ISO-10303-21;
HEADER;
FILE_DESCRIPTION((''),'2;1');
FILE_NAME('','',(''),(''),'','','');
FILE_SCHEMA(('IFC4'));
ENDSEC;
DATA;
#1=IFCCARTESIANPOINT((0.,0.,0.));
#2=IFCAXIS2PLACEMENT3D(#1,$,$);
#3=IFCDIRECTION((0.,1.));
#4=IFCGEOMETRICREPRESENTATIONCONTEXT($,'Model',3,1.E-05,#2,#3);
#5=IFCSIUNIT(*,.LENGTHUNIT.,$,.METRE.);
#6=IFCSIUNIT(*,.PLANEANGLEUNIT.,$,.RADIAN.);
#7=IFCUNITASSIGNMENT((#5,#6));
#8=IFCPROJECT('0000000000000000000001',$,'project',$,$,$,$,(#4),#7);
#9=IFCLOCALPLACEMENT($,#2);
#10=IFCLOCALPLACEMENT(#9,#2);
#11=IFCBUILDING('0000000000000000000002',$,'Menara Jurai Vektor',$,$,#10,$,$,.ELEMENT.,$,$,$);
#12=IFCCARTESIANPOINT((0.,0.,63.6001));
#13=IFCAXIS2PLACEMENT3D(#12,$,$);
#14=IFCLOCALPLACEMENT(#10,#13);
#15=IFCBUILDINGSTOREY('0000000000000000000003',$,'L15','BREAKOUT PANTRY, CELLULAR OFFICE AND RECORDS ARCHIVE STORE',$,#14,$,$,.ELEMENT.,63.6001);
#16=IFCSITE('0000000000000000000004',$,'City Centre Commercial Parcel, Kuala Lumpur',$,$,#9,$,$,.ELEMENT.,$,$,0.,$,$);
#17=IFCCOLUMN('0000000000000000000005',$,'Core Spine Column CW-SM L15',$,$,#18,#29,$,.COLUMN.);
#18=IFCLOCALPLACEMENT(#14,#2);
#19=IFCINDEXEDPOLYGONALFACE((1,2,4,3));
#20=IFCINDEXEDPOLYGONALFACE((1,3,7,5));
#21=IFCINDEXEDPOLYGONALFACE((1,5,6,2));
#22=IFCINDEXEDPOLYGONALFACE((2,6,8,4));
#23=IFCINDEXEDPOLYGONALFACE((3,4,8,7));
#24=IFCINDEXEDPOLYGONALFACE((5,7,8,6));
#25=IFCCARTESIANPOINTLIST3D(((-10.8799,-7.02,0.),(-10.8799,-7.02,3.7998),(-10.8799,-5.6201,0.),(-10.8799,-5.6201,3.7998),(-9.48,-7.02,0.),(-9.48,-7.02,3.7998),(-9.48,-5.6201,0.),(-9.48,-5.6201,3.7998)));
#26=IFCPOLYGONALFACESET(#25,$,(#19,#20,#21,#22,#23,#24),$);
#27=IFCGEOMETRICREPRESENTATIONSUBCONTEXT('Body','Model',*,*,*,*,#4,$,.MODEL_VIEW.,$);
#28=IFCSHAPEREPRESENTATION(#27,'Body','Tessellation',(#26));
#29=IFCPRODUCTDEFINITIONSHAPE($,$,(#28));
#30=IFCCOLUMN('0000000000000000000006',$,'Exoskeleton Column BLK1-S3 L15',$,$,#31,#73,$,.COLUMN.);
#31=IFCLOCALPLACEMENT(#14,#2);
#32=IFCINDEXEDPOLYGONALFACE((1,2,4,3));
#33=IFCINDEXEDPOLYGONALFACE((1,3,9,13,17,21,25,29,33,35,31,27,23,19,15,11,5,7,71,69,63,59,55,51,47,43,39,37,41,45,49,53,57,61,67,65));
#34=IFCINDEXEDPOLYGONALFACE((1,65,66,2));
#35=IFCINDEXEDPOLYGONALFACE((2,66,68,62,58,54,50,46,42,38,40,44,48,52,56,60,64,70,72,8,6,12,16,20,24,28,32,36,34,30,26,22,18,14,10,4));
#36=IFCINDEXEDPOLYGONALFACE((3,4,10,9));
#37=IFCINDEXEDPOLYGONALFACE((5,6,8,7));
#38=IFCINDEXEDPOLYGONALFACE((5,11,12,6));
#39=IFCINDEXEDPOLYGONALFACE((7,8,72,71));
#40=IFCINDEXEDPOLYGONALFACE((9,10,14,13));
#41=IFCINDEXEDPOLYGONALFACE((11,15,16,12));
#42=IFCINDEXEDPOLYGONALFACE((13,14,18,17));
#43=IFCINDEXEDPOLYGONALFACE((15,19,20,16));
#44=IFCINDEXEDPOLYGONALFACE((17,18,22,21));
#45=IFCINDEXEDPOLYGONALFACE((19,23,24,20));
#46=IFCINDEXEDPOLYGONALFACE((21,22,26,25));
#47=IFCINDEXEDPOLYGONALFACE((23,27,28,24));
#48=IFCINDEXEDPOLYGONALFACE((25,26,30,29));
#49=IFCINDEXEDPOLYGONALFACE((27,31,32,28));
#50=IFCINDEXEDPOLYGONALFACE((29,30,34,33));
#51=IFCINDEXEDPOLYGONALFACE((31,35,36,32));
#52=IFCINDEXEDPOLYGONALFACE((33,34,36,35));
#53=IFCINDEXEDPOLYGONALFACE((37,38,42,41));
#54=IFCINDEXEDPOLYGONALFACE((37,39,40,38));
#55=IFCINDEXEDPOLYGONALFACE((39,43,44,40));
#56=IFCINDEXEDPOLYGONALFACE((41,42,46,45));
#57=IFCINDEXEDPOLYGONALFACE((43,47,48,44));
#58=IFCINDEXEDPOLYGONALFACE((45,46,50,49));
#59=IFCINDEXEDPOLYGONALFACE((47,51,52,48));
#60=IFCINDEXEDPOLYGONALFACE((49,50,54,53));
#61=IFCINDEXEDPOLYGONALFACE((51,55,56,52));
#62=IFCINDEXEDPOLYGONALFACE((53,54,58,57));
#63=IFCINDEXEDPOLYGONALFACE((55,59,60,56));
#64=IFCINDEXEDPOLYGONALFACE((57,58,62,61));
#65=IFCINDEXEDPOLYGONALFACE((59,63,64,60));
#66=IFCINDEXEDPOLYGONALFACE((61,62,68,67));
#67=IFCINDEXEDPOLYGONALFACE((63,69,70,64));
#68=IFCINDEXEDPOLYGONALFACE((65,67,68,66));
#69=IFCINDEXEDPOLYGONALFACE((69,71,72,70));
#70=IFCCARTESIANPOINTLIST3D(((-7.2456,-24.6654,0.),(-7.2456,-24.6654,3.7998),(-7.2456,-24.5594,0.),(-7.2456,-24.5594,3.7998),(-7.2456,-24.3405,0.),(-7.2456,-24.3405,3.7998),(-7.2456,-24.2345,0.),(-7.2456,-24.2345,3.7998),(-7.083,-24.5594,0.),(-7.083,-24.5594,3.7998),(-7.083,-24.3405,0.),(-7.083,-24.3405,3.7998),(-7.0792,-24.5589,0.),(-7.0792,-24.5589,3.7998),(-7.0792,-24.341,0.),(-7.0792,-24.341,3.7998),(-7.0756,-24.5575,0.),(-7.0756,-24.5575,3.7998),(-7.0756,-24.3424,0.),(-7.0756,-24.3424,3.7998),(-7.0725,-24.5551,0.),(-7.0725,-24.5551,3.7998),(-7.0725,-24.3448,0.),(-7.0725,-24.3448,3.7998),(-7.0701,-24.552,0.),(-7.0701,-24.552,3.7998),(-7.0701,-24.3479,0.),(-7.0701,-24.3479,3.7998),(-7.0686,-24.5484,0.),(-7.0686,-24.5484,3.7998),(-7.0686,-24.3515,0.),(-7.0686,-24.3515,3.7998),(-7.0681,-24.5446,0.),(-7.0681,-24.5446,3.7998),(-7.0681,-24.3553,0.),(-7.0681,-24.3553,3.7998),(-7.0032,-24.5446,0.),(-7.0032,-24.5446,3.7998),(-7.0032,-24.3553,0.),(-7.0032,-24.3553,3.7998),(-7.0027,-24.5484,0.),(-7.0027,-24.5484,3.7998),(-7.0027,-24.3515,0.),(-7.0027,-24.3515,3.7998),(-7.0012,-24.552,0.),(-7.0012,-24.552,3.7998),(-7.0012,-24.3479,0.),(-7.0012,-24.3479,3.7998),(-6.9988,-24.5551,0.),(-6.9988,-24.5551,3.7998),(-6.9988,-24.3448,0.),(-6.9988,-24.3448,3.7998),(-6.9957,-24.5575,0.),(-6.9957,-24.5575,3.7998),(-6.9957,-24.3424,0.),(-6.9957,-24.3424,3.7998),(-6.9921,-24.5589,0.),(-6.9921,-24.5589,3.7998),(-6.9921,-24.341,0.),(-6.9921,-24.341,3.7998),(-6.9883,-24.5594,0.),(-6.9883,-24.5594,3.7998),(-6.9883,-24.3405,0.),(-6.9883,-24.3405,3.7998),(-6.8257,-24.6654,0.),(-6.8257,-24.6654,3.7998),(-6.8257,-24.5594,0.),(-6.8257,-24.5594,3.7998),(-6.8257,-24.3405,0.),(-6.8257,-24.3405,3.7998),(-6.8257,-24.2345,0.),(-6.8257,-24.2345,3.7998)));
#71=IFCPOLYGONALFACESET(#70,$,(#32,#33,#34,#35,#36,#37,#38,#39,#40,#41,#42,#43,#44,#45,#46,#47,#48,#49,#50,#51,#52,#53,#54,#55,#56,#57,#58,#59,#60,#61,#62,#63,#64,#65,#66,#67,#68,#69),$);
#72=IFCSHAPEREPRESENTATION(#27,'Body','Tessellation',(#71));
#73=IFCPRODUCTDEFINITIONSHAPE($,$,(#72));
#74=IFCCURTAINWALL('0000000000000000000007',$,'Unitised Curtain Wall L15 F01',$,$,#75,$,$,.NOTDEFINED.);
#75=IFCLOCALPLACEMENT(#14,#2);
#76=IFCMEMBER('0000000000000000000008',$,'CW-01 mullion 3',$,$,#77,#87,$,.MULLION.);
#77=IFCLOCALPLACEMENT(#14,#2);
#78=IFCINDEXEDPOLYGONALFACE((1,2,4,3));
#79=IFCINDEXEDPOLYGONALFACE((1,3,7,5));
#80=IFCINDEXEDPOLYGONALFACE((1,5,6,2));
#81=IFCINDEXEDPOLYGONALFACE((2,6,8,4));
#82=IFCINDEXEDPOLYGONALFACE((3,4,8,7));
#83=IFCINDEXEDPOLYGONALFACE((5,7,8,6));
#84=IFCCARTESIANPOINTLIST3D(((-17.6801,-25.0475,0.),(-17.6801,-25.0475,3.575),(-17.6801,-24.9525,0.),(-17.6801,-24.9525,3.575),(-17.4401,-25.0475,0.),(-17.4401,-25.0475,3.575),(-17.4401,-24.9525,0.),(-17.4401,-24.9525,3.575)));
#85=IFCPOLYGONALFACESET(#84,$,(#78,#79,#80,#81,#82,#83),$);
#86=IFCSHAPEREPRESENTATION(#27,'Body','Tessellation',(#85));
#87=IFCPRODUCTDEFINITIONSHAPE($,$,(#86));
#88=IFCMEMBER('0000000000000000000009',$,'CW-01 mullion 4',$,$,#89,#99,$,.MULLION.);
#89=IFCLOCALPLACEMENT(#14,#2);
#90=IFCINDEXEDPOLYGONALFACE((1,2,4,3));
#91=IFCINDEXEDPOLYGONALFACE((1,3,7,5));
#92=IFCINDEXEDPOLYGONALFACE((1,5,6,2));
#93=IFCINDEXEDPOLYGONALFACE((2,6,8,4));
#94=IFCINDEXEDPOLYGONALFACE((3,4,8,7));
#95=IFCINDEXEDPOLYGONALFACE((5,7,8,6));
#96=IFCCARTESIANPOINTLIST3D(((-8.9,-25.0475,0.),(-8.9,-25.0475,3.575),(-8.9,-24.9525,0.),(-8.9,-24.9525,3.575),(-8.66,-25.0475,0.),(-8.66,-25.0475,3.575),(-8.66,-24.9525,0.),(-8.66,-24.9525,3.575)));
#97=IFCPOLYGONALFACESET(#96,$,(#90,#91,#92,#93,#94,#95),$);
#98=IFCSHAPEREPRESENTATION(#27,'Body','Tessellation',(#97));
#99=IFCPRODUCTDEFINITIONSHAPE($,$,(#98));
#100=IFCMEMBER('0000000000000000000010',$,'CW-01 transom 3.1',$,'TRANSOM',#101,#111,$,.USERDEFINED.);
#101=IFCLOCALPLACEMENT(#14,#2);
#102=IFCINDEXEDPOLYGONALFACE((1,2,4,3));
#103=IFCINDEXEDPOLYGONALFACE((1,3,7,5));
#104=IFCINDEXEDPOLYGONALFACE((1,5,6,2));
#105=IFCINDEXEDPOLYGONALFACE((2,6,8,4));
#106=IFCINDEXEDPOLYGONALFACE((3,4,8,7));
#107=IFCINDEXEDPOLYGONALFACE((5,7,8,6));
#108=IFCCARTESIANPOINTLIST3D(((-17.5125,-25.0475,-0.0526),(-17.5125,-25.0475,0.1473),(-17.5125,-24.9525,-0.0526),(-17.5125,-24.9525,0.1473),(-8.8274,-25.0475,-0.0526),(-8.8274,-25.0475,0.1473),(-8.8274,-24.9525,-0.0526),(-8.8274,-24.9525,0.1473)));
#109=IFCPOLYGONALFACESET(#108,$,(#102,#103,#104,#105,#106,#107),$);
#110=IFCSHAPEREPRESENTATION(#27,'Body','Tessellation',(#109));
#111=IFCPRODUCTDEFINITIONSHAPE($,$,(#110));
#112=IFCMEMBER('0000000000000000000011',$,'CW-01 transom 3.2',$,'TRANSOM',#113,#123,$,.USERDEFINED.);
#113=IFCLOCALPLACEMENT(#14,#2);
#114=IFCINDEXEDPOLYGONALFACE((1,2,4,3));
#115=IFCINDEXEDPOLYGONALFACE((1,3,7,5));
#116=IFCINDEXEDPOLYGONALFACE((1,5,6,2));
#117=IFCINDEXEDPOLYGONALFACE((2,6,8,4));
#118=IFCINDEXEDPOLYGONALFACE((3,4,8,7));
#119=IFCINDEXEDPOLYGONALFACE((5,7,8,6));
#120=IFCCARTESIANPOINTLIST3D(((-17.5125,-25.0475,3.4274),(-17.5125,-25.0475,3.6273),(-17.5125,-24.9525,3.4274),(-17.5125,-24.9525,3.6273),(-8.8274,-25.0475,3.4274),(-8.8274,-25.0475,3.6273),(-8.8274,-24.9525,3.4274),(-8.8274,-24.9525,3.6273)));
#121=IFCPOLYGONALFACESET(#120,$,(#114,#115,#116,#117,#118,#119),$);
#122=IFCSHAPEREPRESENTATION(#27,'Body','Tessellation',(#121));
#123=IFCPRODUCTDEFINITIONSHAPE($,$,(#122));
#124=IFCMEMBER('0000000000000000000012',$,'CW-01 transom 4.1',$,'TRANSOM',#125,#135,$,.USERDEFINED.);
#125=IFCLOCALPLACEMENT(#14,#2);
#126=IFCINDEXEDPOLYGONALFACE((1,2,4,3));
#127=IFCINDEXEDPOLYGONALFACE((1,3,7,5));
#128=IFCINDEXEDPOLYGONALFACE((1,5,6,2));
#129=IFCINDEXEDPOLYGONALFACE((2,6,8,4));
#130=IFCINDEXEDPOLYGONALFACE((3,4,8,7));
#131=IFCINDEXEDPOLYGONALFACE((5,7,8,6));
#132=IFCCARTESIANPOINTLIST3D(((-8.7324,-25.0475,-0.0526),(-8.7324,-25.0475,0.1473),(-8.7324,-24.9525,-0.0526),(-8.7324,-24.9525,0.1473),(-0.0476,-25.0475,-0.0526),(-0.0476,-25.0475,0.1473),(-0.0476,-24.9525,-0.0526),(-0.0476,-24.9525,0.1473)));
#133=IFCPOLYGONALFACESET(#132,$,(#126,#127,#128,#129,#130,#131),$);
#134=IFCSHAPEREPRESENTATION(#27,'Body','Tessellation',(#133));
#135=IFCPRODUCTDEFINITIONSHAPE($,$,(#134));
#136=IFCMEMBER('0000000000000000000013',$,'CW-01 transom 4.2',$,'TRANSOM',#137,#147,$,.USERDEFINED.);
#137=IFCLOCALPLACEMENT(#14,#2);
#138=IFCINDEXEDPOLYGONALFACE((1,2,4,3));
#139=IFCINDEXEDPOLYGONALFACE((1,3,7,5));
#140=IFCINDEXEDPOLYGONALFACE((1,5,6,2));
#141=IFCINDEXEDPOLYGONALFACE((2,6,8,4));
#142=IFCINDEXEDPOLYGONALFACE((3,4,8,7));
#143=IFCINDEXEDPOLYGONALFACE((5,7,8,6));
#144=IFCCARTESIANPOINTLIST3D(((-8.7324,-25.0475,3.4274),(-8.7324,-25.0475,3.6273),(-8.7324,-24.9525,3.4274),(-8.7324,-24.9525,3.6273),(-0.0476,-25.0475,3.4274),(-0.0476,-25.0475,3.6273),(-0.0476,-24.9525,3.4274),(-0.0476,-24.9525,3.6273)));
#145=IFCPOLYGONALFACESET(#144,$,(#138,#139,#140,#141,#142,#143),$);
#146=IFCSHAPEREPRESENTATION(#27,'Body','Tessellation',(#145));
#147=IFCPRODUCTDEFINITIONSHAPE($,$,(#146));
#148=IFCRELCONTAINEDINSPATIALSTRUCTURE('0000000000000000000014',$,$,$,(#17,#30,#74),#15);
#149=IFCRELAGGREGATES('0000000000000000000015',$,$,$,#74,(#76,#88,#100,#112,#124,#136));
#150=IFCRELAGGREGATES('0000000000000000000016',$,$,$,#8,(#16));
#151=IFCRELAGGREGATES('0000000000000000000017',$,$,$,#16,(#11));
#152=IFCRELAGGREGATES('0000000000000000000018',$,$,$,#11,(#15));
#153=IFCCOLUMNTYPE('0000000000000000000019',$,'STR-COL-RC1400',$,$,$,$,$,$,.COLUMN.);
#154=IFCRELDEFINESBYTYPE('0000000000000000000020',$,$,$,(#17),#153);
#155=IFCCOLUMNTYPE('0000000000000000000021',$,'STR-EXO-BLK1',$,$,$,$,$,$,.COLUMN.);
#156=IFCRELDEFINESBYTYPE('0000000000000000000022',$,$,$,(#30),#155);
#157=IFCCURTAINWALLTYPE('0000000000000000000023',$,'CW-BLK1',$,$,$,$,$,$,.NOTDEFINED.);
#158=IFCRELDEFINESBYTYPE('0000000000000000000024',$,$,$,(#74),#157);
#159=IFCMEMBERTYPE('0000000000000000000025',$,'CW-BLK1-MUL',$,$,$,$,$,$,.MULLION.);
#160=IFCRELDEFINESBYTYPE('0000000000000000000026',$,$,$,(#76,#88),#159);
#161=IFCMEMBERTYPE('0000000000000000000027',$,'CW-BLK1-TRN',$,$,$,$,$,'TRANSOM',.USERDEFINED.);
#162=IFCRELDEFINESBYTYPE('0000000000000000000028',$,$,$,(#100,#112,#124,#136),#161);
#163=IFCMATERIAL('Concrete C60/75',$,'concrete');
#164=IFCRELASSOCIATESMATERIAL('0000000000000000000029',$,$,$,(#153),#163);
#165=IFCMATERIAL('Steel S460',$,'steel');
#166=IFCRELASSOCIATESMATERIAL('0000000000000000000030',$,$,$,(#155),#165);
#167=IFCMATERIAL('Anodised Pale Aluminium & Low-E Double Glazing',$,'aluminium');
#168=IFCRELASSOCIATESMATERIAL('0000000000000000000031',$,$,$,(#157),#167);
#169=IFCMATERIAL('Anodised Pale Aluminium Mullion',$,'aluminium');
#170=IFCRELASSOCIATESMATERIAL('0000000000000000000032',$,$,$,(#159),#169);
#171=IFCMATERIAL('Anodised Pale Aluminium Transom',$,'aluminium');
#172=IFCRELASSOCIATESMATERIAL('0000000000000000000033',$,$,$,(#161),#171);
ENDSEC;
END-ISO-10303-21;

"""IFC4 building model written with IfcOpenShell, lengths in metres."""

from ifc_helpers import new_model, si_unit, direction, frame, origin, origin_2d, place, context, subcontext, project, spatial, rectangle, i_section, extrude, material, material_profile, profile_set, type_object, element, aggregate, save


model = new_model("IFC4")

# Units and contexts
model_context = context("Model", 3, precision=1e-05, world=origin(), true_north=direction((0.0, 1.0)))
body_context = subcontext(model_context, "Body", "Model", "MODEL_VIEW")
ifc_project = project(units=[si_unit("LENGTHUNIT", "METRE"), si_unit("PLANEANGLEUNIT", "RADIAN")], contexts=[model_context])

# Site, building, storey
site_placement = place(None, origin())
site = spatial("IfcSite", under=ifc_project, at=site_placement, Name="City Centre Commercial Parcel, Kuala Lumpur", CompositionType="ELEMENT", RefElevation=0.0)
building_placement = place(site_placement, origin())
building = spatial("IfcBuilding", under=site, at=building_placement, Name="Menara Jurai Vektor", CompositionType="ELEMENT")
storey_placement = place(building_placement, frame((0.0, 0.0, 63.6001)))
storey = spatial("IfcBuildingStorey", under=building, at=storey_placement, Name="L15", Description="BREAKOUT PANTRY, CELLULAR OFFICE AND RECORDS ARCHIVE STORE", CompositionType="ELEMENT", Elevation=63.6001)

# Columns
ifc_material_1 = material(Name="Concrete C60/75", Category="concrete")
ifc_material_profile_1 = material_profile(ifc_material_1, rectangle(XDim=1.3999, YDim=1.3999, at=origin_2d()), Name="RC 1400x1400")
ifc_profile_set_1 = profile_set([ifc_material_profile_1], Name="Concrete C60/75")
column_type_1 = type_object("IfcColumnType", Name="STR-COL-RC1400", PredefinedType="COLUMN", material=ifc_profile_set_1)
column_1_placement = place(storey_placement, frame((-10.1799, -6.3201, 0.0), z_axis=(0.0, 0.0, 1.0), x_axis=(1.0, 0.0, 0.0)))
element("IfcColumn", 1, at=column_1_placement, inside=storey, type_object=column_type_1, Name="Core Spine Column CW-SM L15", PredefinedType="COLUMN", context=body_context, shape_type="SweptSolid", body=[
    extrude(rectangle(XDim=1.3999, YDim=1.3999, at=origin_2d()), origin(), (0.0, 0.0, 1.0), 3.7998),
])
ifc_material_2 = material(Name="Steel S460", Category="steel")
ifc_material_profile_2 = material_profile(ifc_material_2, i_section(OverallWidth=0.4199, OverallDepth=0.4309, WebThickness=0.0649, FlangeThickness=0.106, FilletRadius=0.0149, at=origin_2d()), Name="HD 400x900")
ifc_profile_set_2 = profile_set([ifc_material_profile_2], Name="Steel S460")
column_type_2 = type_object("IfcColumnType", Name="STR-EXO-BLK1", PredefinedType="COLUMN", material=ifc_profile_set_2)
column_2_placement = place(storey_placement, frame((-7.0356, -24.45, 0.0), z_axis=(0.0, 0.0, 1.0), x_axis=(1.0, 0.0, 0.0)))
element("IfcColumn", 2, at=column_2_placement, inside=storey, type_object=column_type_2, Name="Exoskeleton Column BLK1-S3 L15", PredefinedType="COLUMN", context=body_context, shape_type="SweptSolid", body=[
    extrude(i_section(OverallWidth=0.4199, OverallDepth=0.4309, WebThickness=0.0649, FlangeThickness=0.106, FilletRadius=0.0149, at=origin_2d()), origin(), (0.0, 0.0, 1.0), 3.7998),
])

# Curtain wall, members
ifc_material_3 = material(Name="Anodised Pale Aluminium & Low-E Double Glazing", Category="aluminium")
curtain_wall_type = type_object("IfcCurtainWallType", Name="CW-BLK1", PredefinedType="NOTDEFINED", material=ifc_material_3)
curtain_wall_placement = place(storey_placement, origin())
curtain_wall = element("IfcCurtainWall", 3, at=curtain_wall_placement, inside=storey, type_object=curtain_wall_type, Name="Unitised Curtain Wall L15 F01", PredefinedType="NOTDEFINED")
ifc_material_4 = material(Name="Anodised Pale Aluminium Mullion", Category="aluminium")
ifc_material_profile_3 = material_profile(ifc_material_4, rectangle(XDim=0.095, YDim=0.24, at=origin_2d()), Name="ALU MUL 95x240")
ifc_profile_set_3 = profile_set([ifc_material_profile_3], Name="Anodised Pale Aluminium Mullion")
member_type_1 = type_object("IfcMemberType", Name="CW-BLK1-MUL", PredefinedType="MULLION", material=ifc_profile_set_3)
member_1_placement = place(storey_placement, frame((-17.5601, -25.0, 0.0), z_axis=(0.0, 0.0, 1.0), x_axis=(0.0, 1.0, 0.0)))
member_1 = element("IfcMember", 4, at=member_1_placement, type_object=member_type_1, Name="CW-01 mullion 3", PredefinedType="MULLION", context=body_context, shape_type="SweptSolid", body=[
    extrude(rectangle(XDim=0.095, YDim=0.24, at=origin_2d()), origin(), (0.0, 0.0, 1.0), 3.575),
])
member_2_placement = place(storey_placement, frame((-8.78, -25.0, 0.0), z_axis=(0.0, 0.0, 1.0), x_axis=(0.0, 1.0, 0.0)))
member_2 = element("IfcMember", 5, at=member_2_placement, type_object=member_type_1, Name="CW-01 mullion 4", PredefinedType="MULLION", context=body_context, shape_type="SweptSolid", body=[
    extrude(rectangle(XDim=0.095, YDim=0.24, at=origin_2d()), origin(), (0.0, 0.0, 1.0), 3.575),
])
ifc_material_5 = material(Name="Anodised Pale Aluminium Transom", Category="aluminium")
ifc_material_profile_4 = material_profile(ifc_material_5, rectangle(XDim=0.095, YDim=0.2, at=origin_2d()), Name="ALU TRN 95x200")
ifc_profile_set_4 = profile_set([ifc_material_profile_4], Name="Anodised Pale Aluminium Transom")
member_type_2 = type_object("IfcMemberType", Name="CW-BLK1-TRN", ElementType="TRANSOM", PredefinedType="USERDEFINED", material=ifc_profile_set_4)
member_3_placement = place(storey_placement, frame((-17.5125, -25.0, 0.0474), z_axis=(1.0, 0.0, 0.0), x_axis=(0.0, 1.0, 0.0)))
member_3 = element("IfcMember", 6, at=member_3_placement, type_object=member_type_2, Name="CW-01 transom 3.1", ObjectType="TRANSOM", PredefinedType="USERDEFINED", context=body_context, shape_type="SweptSolid", body=[
    extrude(rectangle(XDim=0.095, YDim=0.2, at=origin_2d()), origin(), (0.0, 0.0, 1.0), 8.6851),
])
member_4_placement = place(storey_placement, frame((-17.5125, -25.0, 3.5273), z_axis=(1.0, 0.0, 0.0), x_axis=(0.0, 1.0, 0.0)))
member_4 = element("IfcMember", 7, at=member_4_placement, type_object=member_type_2, Name="CW-01 transom 3.2", ObjectType="TRANSOM", PredefinedType="USERDEFINED", context=body_context, shape_type="SweptSolid", body=[
    extrude(rectangle(XDim=0.095, YDim=0.2, at=origin_2d()), origin(), (0.0, 0.0, 1.0), 8.6851),
])
member_5_placement = place(storey_placement, frame((-8.7324, -25.0, 0.0474), z_axis=(1.0, 0.0, 0.0), x_axis=(0.0, 1.0, 0.0)))
member_5 = element("IfcMember", 8, at=member_5_placement, type_object=member_type_2, Name="CW-01 transom 4.1", ObjectType="TRANSOM", PredefinedType="USERDEFINED", context=body_context, shape_type="SweptSolid", body=[
    extrude(rectangle(XDim=0.095, YDim=0.2, at=origin_2d()), origin(), (0.0, 0.0, 1.0), 8.6848),
])
member_6_placement = place(storey_placement, frame((-8.7324, -25.0, 3.5273), z_axis=(1.0, 0.0, 0.0), x_axis=(0.0, 1.0, 0.0)))
member_6 = element("IfcMember", 9, at=member_6_placement, type_object=member_type_2, Name="CW-01 transom 4.2", ObjectType="TRANSOM", PredefinedType="USERDEFINED", context=body_context, shape_type="SweptSolid", body=[
    extrude(rectangle(XDim=0.095, YDim=0.2, at=origin_2d()), origin(), (0.0, 0.0, 1.0), 8.6848),
])

aggregate(curtain_wall, [member_1, member_2, member_3, member_4, member_5, member_6])

save(model, "model.ifc")
